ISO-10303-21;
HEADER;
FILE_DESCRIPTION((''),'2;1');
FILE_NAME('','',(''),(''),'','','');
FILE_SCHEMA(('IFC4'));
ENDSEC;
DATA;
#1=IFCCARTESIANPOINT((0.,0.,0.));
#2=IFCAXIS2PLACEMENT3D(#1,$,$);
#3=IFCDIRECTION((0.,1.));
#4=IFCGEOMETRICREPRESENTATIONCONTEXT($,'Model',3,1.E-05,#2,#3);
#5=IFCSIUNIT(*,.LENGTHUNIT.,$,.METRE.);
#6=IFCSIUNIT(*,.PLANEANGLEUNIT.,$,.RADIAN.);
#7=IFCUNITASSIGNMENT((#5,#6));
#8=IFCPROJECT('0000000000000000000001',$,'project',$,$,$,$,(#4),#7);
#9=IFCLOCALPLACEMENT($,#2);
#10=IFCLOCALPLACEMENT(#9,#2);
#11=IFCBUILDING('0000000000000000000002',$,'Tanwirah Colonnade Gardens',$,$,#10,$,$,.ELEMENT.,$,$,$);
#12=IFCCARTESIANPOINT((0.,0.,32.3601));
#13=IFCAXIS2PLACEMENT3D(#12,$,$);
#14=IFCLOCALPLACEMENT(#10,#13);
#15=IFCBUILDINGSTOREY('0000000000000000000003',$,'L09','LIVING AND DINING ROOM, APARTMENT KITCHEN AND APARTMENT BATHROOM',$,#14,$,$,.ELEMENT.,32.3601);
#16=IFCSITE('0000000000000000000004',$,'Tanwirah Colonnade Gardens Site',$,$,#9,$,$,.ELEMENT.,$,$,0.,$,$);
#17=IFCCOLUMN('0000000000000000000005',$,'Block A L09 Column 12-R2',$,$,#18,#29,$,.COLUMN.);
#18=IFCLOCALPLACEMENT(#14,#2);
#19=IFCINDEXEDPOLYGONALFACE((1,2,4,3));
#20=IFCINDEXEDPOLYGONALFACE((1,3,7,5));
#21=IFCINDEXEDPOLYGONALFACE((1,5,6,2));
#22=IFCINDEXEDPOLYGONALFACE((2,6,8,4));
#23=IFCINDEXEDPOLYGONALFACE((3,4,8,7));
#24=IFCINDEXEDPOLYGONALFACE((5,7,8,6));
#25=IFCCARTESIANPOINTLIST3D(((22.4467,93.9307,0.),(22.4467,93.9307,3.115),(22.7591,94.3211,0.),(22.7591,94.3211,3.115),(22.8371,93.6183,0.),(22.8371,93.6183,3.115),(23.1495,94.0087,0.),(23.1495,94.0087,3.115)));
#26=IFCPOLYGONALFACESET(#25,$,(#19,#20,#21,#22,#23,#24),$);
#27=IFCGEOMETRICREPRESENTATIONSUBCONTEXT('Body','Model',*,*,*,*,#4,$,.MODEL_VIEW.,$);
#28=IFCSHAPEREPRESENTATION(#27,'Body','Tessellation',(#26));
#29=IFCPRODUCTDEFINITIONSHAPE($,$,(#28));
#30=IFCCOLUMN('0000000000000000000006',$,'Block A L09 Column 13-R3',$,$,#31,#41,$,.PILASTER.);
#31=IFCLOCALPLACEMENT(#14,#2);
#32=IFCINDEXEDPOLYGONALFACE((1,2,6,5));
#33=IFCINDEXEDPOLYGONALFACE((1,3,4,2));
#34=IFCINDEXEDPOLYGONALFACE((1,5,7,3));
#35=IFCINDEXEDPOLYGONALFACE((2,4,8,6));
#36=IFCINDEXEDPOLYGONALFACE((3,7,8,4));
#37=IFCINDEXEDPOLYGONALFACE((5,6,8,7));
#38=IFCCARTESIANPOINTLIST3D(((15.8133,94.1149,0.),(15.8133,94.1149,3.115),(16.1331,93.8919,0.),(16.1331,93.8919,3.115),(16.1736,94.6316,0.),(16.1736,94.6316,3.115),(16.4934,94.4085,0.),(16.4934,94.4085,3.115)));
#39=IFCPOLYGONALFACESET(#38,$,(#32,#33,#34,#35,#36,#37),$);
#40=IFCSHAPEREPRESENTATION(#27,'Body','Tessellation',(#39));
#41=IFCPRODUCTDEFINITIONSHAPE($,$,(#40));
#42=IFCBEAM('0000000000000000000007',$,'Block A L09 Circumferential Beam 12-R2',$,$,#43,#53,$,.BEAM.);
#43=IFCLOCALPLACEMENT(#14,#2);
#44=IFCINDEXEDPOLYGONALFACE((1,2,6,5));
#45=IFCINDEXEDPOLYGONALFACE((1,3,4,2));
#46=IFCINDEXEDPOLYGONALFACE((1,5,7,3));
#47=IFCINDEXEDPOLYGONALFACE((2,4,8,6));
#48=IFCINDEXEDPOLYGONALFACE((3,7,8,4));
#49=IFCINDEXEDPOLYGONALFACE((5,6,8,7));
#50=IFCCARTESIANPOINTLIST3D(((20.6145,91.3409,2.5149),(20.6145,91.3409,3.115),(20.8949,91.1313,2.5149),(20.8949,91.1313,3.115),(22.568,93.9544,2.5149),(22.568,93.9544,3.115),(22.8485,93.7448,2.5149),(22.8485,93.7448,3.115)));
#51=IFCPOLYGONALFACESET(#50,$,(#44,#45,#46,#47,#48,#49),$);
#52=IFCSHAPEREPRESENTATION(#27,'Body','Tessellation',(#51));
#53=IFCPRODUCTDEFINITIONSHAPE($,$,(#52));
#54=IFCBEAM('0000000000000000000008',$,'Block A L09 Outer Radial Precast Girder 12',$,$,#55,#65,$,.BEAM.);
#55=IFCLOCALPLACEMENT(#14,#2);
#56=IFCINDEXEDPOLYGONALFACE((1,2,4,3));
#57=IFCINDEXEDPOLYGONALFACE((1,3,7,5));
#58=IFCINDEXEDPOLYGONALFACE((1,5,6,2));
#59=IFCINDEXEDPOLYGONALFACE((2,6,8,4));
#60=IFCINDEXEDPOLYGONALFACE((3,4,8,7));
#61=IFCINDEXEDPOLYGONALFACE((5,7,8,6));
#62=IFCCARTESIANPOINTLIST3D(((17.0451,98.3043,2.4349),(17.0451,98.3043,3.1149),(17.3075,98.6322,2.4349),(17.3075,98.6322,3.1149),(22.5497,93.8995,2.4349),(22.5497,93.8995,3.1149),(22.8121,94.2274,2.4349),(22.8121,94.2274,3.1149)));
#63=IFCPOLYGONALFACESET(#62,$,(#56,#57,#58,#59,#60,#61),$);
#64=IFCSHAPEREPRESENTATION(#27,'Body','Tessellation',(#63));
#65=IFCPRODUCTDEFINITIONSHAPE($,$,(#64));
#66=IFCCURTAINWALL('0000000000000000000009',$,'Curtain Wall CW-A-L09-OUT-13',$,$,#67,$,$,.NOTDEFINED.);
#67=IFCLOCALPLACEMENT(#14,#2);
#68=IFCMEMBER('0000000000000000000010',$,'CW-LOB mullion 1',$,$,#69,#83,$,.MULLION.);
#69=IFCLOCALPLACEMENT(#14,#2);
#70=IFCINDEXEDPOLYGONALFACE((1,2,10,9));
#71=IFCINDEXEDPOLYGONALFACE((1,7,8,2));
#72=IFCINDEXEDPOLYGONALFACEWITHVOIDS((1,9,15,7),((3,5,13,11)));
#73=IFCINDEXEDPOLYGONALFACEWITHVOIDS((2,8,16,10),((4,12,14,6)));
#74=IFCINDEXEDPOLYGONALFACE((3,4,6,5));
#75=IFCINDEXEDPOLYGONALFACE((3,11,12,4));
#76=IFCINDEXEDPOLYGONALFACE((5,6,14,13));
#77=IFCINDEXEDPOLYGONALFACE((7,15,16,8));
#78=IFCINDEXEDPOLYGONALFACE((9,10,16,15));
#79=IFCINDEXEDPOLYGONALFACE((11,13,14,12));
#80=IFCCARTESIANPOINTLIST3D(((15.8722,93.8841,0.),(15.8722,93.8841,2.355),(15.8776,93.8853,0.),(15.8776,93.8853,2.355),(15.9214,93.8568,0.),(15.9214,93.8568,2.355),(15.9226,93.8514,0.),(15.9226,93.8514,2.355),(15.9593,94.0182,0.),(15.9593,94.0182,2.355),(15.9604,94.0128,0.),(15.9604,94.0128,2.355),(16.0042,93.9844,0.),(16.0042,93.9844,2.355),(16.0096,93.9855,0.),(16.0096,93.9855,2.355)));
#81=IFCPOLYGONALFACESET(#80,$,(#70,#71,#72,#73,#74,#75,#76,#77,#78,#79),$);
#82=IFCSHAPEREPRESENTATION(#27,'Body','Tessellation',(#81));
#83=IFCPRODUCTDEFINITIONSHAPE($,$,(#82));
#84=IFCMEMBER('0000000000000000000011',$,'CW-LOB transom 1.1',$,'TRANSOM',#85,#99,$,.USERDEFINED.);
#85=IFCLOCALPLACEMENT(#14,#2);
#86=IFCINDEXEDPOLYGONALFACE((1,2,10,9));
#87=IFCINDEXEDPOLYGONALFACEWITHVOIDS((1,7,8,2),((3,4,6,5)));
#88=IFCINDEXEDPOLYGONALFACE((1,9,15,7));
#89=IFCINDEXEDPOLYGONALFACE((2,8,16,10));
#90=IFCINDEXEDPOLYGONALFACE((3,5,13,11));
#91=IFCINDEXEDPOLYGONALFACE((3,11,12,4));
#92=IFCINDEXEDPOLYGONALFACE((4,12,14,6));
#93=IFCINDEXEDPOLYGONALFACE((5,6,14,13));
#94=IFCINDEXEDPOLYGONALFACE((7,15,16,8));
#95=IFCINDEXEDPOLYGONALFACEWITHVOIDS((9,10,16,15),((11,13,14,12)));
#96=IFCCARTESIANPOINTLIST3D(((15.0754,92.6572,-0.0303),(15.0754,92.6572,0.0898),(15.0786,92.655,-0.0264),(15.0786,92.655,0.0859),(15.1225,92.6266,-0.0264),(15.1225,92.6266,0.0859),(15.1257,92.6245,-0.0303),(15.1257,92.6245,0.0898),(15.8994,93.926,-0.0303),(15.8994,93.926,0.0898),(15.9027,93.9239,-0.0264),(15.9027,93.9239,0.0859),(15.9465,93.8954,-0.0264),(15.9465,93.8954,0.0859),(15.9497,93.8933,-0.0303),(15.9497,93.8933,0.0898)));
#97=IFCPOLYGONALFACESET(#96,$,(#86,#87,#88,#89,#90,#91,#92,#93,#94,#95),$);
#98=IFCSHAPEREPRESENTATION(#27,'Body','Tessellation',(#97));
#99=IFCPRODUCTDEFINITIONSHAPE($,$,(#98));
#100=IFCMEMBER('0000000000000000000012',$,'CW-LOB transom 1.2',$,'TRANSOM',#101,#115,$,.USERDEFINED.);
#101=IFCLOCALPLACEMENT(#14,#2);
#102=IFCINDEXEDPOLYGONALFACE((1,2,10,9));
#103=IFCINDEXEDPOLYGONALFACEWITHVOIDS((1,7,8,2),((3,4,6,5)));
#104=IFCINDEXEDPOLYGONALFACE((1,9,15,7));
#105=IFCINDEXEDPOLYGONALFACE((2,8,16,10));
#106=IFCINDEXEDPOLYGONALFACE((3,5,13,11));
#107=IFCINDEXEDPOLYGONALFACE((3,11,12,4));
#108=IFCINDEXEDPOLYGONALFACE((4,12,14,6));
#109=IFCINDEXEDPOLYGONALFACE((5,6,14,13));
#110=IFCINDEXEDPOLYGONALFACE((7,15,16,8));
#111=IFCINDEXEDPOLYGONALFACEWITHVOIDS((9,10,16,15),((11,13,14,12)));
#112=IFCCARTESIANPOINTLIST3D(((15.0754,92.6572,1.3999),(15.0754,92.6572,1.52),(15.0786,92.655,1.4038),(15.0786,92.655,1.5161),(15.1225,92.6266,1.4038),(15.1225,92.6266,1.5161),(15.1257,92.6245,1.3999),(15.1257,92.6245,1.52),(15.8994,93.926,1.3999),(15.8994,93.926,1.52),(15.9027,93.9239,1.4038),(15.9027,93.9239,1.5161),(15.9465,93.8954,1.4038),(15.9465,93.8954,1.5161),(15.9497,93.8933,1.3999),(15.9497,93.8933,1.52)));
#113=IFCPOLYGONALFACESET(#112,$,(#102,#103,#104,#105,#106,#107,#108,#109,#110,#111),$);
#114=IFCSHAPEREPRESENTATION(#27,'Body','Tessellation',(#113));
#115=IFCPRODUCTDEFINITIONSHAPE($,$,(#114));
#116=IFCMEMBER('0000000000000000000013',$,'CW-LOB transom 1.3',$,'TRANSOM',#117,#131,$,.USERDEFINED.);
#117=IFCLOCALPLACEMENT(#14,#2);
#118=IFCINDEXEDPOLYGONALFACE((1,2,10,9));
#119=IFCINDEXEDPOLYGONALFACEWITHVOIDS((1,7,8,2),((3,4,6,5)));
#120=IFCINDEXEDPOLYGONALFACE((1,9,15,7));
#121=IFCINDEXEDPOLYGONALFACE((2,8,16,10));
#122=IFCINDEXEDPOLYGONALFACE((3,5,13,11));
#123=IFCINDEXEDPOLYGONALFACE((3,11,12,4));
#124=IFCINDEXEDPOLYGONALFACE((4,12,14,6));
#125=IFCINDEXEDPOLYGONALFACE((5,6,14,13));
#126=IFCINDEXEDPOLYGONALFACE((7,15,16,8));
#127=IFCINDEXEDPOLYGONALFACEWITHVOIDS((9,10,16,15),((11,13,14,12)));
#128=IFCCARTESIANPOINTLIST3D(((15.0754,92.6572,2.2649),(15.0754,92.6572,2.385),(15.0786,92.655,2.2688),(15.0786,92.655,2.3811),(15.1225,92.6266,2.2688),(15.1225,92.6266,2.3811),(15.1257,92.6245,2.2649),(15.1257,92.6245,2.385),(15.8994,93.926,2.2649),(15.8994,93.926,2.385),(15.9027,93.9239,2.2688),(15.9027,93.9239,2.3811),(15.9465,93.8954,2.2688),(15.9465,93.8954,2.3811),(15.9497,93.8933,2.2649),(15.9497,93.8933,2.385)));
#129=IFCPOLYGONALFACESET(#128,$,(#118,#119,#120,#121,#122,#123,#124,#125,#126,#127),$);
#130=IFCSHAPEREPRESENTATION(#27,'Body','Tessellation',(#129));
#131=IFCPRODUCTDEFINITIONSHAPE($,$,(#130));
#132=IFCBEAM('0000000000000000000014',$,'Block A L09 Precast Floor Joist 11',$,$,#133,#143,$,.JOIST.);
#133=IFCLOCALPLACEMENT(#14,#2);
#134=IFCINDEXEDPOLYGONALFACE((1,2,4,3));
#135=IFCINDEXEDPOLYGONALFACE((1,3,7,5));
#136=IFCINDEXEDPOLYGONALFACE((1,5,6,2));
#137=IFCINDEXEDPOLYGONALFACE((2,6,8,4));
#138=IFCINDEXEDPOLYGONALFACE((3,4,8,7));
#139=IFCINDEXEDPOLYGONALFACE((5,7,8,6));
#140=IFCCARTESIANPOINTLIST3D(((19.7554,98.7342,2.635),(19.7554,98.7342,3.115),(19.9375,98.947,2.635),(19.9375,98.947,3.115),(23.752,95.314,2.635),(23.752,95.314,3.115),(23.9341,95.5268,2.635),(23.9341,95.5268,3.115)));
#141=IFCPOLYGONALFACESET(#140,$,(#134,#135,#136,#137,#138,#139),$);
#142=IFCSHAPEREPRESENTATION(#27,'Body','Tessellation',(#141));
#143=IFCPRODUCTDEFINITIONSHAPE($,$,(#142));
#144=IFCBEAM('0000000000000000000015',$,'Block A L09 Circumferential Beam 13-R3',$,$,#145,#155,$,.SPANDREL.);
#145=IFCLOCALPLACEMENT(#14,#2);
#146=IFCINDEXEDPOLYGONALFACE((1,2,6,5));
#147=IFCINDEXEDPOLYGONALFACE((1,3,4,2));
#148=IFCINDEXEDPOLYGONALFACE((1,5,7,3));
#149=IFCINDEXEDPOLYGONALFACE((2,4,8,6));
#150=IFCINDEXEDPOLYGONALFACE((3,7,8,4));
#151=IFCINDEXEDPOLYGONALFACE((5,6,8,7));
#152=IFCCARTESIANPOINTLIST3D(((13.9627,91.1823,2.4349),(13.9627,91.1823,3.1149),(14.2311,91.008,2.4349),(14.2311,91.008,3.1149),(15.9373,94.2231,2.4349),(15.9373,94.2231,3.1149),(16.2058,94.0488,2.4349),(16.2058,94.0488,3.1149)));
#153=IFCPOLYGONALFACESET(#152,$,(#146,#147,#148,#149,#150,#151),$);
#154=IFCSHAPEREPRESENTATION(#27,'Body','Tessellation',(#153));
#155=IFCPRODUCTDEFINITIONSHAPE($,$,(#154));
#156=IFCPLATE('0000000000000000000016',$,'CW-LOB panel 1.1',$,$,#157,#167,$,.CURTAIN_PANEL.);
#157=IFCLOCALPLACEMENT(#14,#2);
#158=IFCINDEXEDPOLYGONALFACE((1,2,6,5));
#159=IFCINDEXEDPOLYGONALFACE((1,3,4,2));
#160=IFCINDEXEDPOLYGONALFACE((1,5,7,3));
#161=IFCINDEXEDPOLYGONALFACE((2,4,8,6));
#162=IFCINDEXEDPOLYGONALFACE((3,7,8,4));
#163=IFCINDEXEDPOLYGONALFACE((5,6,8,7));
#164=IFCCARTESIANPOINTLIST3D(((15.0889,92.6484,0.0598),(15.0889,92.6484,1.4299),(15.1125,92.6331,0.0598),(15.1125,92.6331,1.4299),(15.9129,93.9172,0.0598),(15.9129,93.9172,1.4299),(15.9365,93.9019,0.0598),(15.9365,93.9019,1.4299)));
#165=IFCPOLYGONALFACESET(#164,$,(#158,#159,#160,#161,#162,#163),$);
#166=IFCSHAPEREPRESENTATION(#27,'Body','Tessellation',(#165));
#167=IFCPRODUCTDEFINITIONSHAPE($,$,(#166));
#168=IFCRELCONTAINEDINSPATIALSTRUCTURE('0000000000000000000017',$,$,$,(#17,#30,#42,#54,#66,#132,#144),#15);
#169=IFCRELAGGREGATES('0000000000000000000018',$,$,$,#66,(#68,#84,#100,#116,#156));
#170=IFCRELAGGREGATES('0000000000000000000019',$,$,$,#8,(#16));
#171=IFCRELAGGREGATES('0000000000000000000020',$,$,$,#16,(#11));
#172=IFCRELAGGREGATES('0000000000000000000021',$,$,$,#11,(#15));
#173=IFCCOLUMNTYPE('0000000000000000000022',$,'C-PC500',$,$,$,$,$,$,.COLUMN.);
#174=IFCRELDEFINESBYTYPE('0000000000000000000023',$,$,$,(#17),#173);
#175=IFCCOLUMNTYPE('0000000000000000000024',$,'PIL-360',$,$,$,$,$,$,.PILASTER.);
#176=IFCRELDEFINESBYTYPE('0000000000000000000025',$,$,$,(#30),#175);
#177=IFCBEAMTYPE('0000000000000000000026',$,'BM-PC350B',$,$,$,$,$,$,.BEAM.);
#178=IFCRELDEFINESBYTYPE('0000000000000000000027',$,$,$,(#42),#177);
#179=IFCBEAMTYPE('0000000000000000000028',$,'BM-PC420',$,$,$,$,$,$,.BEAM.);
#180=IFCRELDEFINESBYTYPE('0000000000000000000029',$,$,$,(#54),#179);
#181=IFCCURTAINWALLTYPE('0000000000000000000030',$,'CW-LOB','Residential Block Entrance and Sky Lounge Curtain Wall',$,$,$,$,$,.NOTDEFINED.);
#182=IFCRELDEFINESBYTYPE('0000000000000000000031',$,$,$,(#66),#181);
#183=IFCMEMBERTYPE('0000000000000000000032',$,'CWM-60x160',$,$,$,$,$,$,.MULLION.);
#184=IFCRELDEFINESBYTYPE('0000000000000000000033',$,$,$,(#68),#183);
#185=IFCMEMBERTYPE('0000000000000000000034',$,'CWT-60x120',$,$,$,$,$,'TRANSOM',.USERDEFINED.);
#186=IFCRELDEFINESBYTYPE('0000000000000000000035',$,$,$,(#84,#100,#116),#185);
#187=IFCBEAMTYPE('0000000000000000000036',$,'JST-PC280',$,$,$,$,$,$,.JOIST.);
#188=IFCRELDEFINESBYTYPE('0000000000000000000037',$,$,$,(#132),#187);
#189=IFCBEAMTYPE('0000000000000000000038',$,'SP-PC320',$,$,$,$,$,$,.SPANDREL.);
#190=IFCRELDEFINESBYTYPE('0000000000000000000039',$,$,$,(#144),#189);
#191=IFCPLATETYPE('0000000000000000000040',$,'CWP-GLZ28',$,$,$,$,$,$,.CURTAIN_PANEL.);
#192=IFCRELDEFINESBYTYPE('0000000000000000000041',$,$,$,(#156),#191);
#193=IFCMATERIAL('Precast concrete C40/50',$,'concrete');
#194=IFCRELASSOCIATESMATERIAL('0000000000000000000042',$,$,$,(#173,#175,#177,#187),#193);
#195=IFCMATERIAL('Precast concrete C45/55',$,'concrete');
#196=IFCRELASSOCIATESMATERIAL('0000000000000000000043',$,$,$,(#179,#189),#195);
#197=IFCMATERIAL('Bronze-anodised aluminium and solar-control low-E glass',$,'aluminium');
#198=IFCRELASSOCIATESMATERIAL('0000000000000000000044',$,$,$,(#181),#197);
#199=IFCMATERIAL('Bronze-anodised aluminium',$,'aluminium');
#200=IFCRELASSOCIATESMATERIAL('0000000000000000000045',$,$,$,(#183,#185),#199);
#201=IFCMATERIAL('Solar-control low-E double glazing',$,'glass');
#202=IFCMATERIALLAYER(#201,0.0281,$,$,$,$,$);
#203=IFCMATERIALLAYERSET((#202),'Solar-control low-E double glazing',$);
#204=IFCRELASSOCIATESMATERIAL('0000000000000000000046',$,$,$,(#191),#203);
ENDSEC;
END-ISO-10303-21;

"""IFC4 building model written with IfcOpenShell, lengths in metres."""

from ifc_helpers import new_model, si_unit, direction, frame, origin, origin_2d, place, context, subcontext, project, spatial, rectangle, hollow_rectangle, extrude, material, layer, layer_set, material_profile, profile_set, type_object, element, aggregate, save


model = new_model("IFC4")

# Units and contexts
model_context = context("Model", 3, precision=1e-05, world=origin(), true_north=direction((0.0, 1.0)))
body_context = subcontext(model_context, "Body", "Model", "MODEL_VIEW")
ifc_project = project(units=[si_unit("LENGTHUNIT", "METRE"), si_unit("PLANEANGLEUNIT", "RADIAN")], contexts=[model_context])

# Site, building, storey
site_placement = place(None, origin())
site = spatial("IfcSite", under=ifc_project, at=site_placement, Name="Tanwirah Colonnade Gardens Site", CompositionType="ELEMENT", RefElevation=0.0)
building_placement = place(site_placement, origin())
building = spatial("IfcBuilding", under=site, at=building_placement, Name="Tanwirah Colonnade Gardens", CompositionType="ELEMENT")
storey_placement = place(building_placement, frame((0.0, 0.0, 32.3601)))
storey = spatial("IfcBuildingStorey", under=building, at=storey_placement, Name="L09", Description="LIVING AND DINING ROOM, APARTMENT KITCHEN AND APARTMENT BATHROOM", CompositionType="ELEMENT", Elevation=32.3601)

# Columns
ifc_material_1 = material(Name="Precast concrete C40/50", Category="concrete")
ifc_material_profile_1 = material_profile(ifc_material_1, rectangle(XDim=0.5, YDim=0.5, at=origin_2d()), Name="PC-COL 500x500")
ifc_profile_set_1 = profile_set([ifc_material_profile_1], Name="Precast concrete C40/50")
column_type_1 = type_object("IfcColumnType", Name="C-PC500", PredefinedType="COLUMN", material=ifc_profile_set_1)
column_1_placement = place(storey_placement, frame((22.7981, 93.9697, 0.0), z_axis=(0.0, 0.0, 1.0), x_axis=(-0.780794, 0.624788, 0.0)))
element("IfcColumn", 1, at=column_1_placement, inside=storey, type_object=column_type_1, Name="Block A L09 Column 12-R2", PredefinedType="COLUMN", context=body_context, shape_type="SweptSolid", body=[
    extrude(rectangle(XDim=0.5, YDim=0.5, at=origin_2d()), origin(), (0.0, 0.0, 1.0), 3.115),
])
ifc_material_profile_2 = material_profile(ifc_material_1, rectangle(XDim=0.3899, YDim=0.6299, at=origin_2d()), Name="PC-PIL 390x630")
ifc_profile_set_2 = profile_set([ifc_material_profile_2], Name="Precast concrete C40/50")
column_type_2 = type_object("IfcColumnType", Name="PIL-360", PredefinedType="PILASTER", material=ifc_profile_set_2)
column_2_placement = place(storey_placement, frame((16.1533, 94.2617, 0.0), z_axis=(0.0, 0.0, 1.0), x_axis=(-0.820263, 0.571987, 0.0)))
element("IfcColumn", 2, at=column_2_placement, inside=storey, type_object=column_type_2, Name="Block A L09 Column 13-R3", PredefinedType="PILASTER", context=body_context, shape_type="SweptSolid", body=[
    extrude(rectangle(XDim=0.3899, YDim=0.6299, at=origin_2d()), origin(), (0.0, 0.0, 1.0), 3.115),
])

# Beams
ifc_material_profile_3 = material_profile(ifc_material_1, rectangle(XDim=0.3501, YDim=0.6001, at=origin_2d()), Name="PC-BM 350x600")
ifc_profile_set_3 = profile_set([ifc_material_profile_3], Name="Precast concrete C40/50")
beam_type_1 = type_object("IfcBeamType", Name="BM-PC350B", PredefinedType="BEAM", material=ifc_profile_set_3)
beam_1_placement = place(storey_placement, frame((22.7083, 93.8496, 2.8149), z_axis=(-0.598718, -0.80096, 0.0), x_axis=(0.80096, -0.598718, 0.0)))
element("IfcBeam", 3, at=beam_1_placement, inside=storey, type_object=beam_type_1, Name="Block A L09 Circumferential Beam 12-R2", PredefinedType="BEAM", context=body_context, shape_type="SweptSolid", body=[
    extrude(rectangle(XDim=0.3501, YDim=0.6001, at=origin_2d()), origin(), (0.0, 0.0, 1.0), 3.2629),
])
ifc_material_2 = material(Name="Precast concrete C45/55", Category="concrete")
ifc_material_profile_4 = material_profile(ifc_material_2, rectangle(XDim=0.4199, YDim=0.6799, at=origin_2d()), Name="PC-BM 420x680")
ifc_profile_set_4 = profile_set([ifc_material_profile_4], Name="Precast concrete C45/55")
beam_type_2 = type_object("IfcBeamType", Name="BM-PC420", PredefinedType="BEAM", material=ifc_profile_set_4)
beam_2_placement = place(storey_placement, frame((22.6809, 94.0635, 2.7749), z_axis=(-0.780794, 0.624788, 0.0), x_axis=(-0.624788, -0.780794, 0.0)))
element("IfcBeam", 4, at=beam_2_placement, inside=storey, type_object=beam_type_2, Name="Block A L09 Outer Radial Precast Girder 12", PredefinedType="BEAM", context=body_context, shape_type="SweptSolid", body=[
    extrude(rectangle(XDim=0.4199, YDim=0.6799, at=origin_2d()), origin(), (0.0, 0.0, 1.0), 7.05),
])

# Curtain wall, members
ifc_material_3 = material(Name="Bronze-anodised aluminium and solar-control low-E glass", Category="aluminium")
curtain_wall_type = type_object("IfcCurtainWallType", Name="CW-LOB", Description="Residential Block Entrance and Sky Lounge Curtain Wall", PredefinedType="NOTDEFINED", material=ifc_material_3)
curtain_wall_placement = place(storey_placement, origin())
curtain_wall = element("IfcCurtainWall", 5, at=curtain_wall_placement, inside=storey, type_object=curtain_wall_type, Name="Curtain Wall CW-A-L09-OUT-13", PredefinedType="NOTDEFINED")
ifc_material_4 = material(Name="Bronze-anodised aluminium", Category="aluminium")
ifc_material_profile_5 = material_profile(ifc_material_4, hollow_rectangle(XDim=0.0601, YDim=0.1599, WallThickness=0.0039, at=origin_2d()), Name="CW-MUL 60x160x4")
ifc_profile_set_5 = profile_set([ifc_material_profile_5], Name="Bronze-anodised aluminium")
member_type_1 = type_object("IfcMemberType", Name="CWM-60x160", PredefinedType="MULLION", material=ifc_profile_set_5)
member_1_placement = place(storey_placement, frame((15.9409, 93.9348, 0.0), z_axis=(0.0, 0.0, 1.0), x_axis=(0.83867, -0.54464, 0.0)))
member_1 = element("IfcMember", 6, at=member_1_placement, type_object=member_type_1, Name="CW-LOB mullion 1", PredefinedType="MULLION", context=body_context, shape_type="SweptSolid", body=[
    extrude(hollow_rectangle(XDim=0.0601, YDim=0.1599, WallThickness=0.0039, at=origin_2d()), origin(), (0.0, 0.0, 1.0), 2.355),
])
ifc_material_profile_6 = material_profile(ifc_material_4, hollow_rectangle(XDim=0.0601, YDim=0.1201, WallThickness=0.0039, at=origin_2d()), Name="CW-TRN 60x120x4")
ifc_profile_set_6 = profile_set([ifc_material_profile_6], Name="Bronze-anodised aluminium")
member_type_2 = type_object("IfcMemberType", Name="CWT-60x120", ElementType="TRANSOM", PredefinedType="USERDEFINED", material=ifc_profile_set_6)
member_2_placement = place(storey_placement, frame((15.9246, 93.9097, 0.0298), z_axis=(-0.544642, -0.838668, 0.0), x_axis=(0.838668, -0.544642, 0.0)))
member_2 = element("IfcMember", 7, at=member_2_placement, type_object=member_type_2, Name="CW-LOB transom 1.1", ObjectType="TRANSOM", PredefinedType="USERDEFINED", context=body_context, shape_type="SweptSolid", body=[
    extrude(hollow_rectangle(XDim=0.0601, YDim=0.1201, WallThickness=0.0039, at=origin_2d()), origin(), (0.0, 0.0, 1.0), 1.5129),
])
member_3_placement = place(storey_placement, frame((15.9246, 93.9097, 1.46), z_axis=(-0.544642, -0.838668, 0.0), x_axis=(0.838668, -0.544642, 0.0)))
member_3 = element("IfcMember", 8, at=member_3_placement, type_object=member_type_2, Name="CW-LOB transom 1.2", ObjectType="TRANSOM", PredefinedType="USERDEFINED", context=body_context, shape_type="SweptSolid", body=[
    extrude(hollow_rectangle(XDim=0.0601, YDim=0.1201, WallThickness=0.0039, at=origin_2d()), origin(), (0.0, 0.0, 1.0), 1.5129),
])
member_4_placement = place(storey_placement, frame((15.9246, 93.9097, 2.325), z_axis=(-0.544642, -0.838668, 0.0), x_axis=(0.838668, -0.544642, 0.0)))
member_4 = element("IfcMember", 9, at=member_4_placement, type_object=member_type_2, Name="CW-LOB transom 1.3", ObjectType="TRANSOM", PredefinedType="USERDEFINED", context=body_context, shape_type="SweptSolid", body=[
    extrude(hollow_rectangle(XDim=0.0601, YDim=0.1201, WallThickness=0.0039, at=origin_2d()), origin(), (0.0, 0.0, 1.0), 1.5129),
])

# Beams
ifc_material_profile_7 = material_profile(ifc_material_1, rectangle(XDim=0.28, YDim=0.48, at=origin_2d()), Name="PC-JST 280x480")
ifc_profile_set_7 = profile_set([ifc_material_profile_7], Name="Precast concrete C40/50")
beam_type_3 = type_object("IfcBeamType", Name="JST-PC280", PredefinedType="JOIST", material=ifc_profile_set_7)
beam_3_placement = place(storey_placement, frame((23.843, 95.4204, 2.875), z_axis=(-0.759771, 0.650191, 0.0), x_axis=(-0.650191, -0.759771, 0.0)))
element("IfcBeam", 10, at=beam_3_placement, inside=storey, type_object=beam_type_3, Name="Block A L09 Precast Floor Joist 11", PredefinedType="JOIST", context=body_context, shape_type="SweptSolid", body=[
    extrude(rectangle(XDim=0.28, YDim=0.48, at=origin_2d()), origin(), (0.0, 0.0, 1.0), 5.2603),
])
ifc_material_profile_8 = material_profile(ifc_material_2, rectangle(XDim=0.3201, YDim=0.6799, at=origin_2d()), Name="PC-SP 320x680")
ifc_profile_set_8 = profile_set([ifc_material_profile_8], Name="Precast concrete C45/55")
beam_type_4 = type_object("IfcBeamType", Name="SP-PC320", PredefinedType="SPANDREL", material=ifc_profile_set_8)
beam_4_placement = place(storey_placement, frame((16.0715, 94.136, 2.7749), z_axis=(-0.544621, -0.838682, 0.0), x_axis=(0.838682, -0.544621, 0.0)))
element("IfcBeam", 11, at=beam_4_placement, inside=storey, type_object=beam_type_4, Name="Block A L09 Circumferential Beam 13-R3", PredefinedType="SPANDREL", context=body_context, shape_type="SweptSolid", body=[
    extrude(rectangle(XDim=0.3201, YDim=0.6799, at=origin_2d()), origin(), (0.0, 0.0, 1.0), 3.6257),
])

# Plate
ifc_material_5 = material(Name="Solar-control low-E double glazing", Category="glass")
ifc_layer_1 = layer(ifc_material_5, 0.0281)
ifc_layer_set_1 = layer_set([ifc_layer_1], Name="Solar-control low-E double glazing")
plate_type = type_object("IfcPlateType", Name="CWP-GLZ28", PredefinedType="CURTAIN_PANEL", material=ifc_layer_set_1)
plate_1_placement = place(storey_placement, frame((15.5127, 93.2751, 0.0598), z_axis=(0.0, 0.0, 1.0), x_axis=(-0.54464, -0.83867, 0.0)))
plate_1 = element("IfcPlate", 12, at=plate_1_placement, type_object=plate_type, Name="CW-LOB panel 1.1", PredefinedType="CURTAIN_PANEL", context=body_context, shape_type="SweptSolid", body=[
    extrude(rectangle(XDim=1.5129, YDim=0.0281, at=origin_2d()), origin(), (0.0, 0.0, 1.0), 1.3701),
])
aggregate(curtain_wall, [member_1, member_2, member_3, member_4, plate_1])

save(model, "model.ifc")
